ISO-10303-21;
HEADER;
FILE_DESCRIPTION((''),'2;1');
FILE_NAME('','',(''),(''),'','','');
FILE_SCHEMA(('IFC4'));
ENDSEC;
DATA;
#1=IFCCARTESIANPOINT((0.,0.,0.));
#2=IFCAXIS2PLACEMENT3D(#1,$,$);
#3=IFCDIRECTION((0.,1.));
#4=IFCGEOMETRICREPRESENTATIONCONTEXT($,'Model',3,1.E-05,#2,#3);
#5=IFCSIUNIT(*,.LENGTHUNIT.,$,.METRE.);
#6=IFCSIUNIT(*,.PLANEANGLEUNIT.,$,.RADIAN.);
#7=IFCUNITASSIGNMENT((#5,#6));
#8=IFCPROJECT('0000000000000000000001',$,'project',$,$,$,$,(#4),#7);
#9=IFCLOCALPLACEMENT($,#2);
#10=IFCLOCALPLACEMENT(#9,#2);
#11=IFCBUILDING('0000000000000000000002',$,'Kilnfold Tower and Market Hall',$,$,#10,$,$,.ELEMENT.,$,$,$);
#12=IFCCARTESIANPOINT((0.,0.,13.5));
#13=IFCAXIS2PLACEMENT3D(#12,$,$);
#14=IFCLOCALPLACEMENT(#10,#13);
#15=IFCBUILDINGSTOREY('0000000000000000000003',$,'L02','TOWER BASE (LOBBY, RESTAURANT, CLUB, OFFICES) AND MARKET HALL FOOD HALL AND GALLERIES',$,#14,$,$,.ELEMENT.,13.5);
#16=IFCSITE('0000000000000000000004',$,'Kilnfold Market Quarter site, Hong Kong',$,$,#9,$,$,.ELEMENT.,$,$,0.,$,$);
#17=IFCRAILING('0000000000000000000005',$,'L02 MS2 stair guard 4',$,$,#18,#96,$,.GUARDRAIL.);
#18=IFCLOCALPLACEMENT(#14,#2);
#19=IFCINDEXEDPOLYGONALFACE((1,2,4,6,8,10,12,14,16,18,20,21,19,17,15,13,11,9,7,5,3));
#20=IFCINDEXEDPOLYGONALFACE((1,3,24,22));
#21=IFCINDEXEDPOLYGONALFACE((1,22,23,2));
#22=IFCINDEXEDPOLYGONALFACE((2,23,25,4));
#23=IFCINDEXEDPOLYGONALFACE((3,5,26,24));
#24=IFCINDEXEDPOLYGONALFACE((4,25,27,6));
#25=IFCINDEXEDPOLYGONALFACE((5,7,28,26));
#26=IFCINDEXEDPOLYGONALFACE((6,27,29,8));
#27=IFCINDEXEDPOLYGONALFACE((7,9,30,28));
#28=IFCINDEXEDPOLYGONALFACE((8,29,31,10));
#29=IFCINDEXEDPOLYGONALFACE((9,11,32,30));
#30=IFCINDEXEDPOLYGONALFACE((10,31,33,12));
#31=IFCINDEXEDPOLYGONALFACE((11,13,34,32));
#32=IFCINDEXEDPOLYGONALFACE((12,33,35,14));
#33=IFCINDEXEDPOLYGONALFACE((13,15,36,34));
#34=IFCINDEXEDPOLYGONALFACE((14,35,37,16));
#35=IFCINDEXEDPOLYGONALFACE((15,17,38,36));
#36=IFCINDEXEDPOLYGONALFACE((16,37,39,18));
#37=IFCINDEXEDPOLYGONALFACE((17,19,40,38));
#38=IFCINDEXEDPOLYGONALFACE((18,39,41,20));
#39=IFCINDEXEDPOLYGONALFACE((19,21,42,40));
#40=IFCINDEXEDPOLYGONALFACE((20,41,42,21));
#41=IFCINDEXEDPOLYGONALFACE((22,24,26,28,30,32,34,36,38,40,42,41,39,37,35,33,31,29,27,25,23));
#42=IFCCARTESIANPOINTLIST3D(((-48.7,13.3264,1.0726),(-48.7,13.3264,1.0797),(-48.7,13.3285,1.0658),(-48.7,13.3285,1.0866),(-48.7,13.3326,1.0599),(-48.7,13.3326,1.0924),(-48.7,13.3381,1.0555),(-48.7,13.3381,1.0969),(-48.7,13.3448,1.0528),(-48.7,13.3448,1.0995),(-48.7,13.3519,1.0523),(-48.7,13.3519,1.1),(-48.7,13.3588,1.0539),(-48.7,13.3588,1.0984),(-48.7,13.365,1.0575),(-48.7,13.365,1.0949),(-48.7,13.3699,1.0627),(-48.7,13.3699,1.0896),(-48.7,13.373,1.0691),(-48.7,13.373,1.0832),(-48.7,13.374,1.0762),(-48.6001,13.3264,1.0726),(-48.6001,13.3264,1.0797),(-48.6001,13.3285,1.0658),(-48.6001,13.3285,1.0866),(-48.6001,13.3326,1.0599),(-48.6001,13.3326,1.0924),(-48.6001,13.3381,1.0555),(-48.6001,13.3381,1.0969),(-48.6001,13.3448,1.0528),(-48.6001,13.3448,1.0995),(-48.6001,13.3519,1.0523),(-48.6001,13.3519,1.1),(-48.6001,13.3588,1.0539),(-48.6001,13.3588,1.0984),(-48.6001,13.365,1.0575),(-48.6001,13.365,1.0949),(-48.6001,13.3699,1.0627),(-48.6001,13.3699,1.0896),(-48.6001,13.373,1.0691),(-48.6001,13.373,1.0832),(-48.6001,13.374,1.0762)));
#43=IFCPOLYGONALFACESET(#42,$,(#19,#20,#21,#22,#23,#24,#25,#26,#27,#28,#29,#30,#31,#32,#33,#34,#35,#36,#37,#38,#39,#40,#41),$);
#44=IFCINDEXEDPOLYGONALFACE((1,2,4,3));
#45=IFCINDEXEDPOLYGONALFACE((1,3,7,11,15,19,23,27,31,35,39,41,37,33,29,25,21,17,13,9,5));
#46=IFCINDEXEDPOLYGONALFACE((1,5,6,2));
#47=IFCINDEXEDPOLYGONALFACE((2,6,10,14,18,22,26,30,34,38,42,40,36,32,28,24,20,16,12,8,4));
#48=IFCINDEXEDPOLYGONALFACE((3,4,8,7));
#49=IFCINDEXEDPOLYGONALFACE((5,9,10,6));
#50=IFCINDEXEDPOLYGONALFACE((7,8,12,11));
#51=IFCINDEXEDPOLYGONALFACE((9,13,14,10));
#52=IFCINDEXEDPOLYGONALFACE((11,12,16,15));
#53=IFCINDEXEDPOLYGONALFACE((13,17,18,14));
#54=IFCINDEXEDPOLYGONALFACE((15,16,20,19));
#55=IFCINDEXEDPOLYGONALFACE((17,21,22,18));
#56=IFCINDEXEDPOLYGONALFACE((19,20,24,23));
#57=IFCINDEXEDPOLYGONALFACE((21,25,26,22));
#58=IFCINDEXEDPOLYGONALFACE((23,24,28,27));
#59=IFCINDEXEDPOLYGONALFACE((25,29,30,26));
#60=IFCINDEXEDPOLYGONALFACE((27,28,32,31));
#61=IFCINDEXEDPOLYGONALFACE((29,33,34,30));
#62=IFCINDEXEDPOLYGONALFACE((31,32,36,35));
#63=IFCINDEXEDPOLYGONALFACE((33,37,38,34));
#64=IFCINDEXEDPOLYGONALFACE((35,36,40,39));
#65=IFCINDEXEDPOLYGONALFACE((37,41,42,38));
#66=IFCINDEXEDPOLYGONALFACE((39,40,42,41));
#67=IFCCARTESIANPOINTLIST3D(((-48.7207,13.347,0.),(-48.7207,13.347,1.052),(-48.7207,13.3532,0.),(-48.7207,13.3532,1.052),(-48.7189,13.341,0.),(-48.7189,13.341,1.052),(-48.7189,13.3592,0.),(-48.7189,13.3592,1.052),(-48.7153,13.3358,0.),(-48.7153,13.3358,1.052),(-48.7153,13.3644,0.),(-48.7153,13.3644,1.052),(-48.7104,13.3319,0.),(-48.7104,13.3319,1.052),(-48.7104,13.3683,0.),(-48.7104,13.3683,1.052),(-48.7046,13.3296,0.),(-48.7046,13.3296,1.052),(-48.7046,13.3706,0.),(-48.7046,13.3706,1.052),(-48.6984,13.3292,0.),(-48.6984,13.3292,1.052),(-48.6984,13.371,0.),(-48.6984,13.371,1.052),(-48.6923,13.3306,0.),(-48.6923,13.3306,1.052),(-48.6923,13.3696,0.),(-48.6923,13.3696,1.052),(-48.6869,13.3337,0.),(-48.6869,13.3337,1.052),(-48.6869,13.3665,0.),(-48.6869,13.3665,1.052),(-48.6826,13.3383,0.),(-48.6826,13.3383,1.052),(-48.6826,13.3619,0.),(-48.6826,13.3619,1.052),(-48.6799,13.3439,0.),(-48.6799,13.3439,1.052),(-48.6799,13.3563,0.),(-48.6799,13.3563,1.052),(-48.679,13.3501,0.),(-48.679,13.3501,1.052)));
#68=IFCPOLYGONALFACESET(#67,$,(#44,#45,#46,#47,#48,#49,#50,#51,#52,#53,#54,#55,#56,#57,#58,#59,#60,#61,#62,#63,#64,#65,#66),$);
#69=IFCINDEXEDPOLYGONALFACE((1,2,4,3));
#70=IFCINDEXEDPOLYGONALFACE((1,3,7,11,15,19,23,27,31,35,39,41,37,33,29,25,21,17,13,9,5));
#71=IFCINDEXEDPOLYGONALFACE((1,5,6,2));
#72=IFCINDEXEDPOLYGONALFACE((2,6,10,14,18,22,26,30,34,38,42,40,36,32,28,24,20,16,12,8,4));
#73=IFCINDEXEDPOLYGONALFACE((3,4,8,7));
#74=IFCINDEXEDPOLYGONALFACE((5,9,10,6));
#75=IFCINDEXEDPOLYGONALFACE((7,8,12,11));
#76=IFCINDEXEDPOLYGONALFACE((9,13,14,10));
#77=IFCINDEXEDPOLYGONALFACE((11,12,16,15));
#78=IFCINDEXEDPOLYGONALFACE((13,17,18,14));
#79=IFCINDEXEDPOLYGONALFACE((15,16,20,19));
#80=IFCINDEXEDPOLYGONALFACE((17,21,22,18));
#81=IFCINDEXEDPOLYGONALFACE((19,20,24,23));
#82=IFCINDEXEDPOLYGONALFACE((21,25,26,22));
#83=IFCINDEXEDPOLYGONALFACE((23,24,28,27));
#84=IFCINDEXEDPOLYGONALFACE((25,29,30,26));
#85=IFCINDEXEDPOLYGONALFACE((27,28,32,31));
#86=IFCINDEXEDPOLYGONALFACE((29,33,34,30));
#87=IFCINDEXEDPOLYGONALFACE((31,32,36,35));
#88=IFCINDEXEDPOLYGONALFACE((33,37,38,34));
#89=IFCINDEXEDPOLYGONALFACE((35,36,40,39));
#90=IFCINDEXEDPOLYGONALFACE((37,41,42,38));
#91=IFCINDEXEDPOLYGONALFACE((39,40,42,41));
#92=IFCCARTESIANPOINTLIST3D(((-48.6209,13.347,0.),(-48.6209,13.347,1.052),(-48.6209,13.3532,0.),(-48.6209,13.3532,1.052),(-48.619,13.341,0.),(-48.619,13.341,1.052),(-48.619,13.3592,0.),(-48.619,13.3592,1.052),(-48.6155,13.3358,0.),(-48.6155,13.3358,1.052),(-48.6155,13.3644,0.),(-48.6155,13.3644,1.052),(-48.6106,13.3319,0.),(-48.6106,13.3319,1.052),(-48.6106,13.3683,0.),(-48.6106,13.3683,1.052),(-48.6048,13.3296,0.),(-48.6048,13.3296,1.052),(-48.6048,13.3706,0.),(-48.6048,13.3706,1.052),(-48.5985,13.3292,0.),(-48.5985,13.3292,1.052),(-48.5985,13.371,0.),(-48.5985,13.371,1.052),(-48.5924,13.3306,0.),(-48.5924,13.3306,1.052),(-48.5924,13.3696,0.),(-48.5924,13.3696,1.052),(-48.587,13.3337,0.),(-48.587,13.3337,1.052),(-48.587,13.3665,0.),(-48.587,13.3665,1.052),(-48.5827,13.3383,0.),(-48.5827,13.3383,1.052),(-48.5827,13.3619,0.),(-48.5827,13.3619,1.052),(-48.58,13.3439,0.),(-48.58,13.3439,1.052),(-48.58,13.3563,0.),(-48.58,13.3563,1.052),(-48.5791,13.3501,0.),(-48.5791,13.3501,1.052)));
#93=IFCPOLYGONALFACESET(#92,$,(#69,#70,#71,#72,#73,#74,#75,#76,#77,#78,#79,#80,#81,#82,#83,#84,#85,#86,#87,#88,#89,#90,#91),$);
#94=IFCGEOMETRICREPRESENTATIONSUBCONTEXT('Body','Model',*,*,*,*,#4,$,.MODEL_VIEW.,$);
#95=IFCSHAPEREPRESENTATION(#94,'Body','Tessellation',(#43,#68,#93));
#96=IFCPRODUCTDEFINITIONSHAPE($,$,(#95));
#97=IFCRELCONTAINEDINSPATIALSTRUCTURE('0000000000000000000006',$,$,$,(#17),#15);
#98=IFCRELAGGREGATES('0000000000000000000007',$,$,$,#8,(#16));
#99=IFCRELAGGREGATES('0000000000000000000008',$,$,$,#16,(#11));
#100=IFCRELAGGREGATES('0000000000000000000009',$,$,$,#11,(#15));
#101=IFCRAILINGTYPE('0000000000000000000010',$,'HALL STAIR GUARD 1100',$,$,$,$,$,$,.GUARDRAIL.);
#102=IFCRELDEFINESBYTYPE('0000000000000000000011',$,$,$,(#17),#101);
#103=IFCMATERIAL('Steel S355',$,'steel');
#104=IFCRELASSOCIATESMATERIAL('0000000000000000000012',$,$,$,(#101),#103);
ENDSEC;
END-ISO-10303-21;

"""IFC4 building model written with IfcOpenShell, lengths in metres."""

from ifc_helpers import new_model, si_unit, direction, frame, origin, origin_2d, place, context, subcontext, project, spatial, circle, extrude, material, type_object, element, save


model = new_model("IFC4")

# Units and contexts
model_context = context("Model", 3, precision=1e-05, world=origin(), true_north=direction((0.0, 1.0)))
body_context = subcontext(model_context, "Body", "Model", "MODEL_VIEW")
ifc_project = project(units=[si_unit("LENGTHUNIT", "METRE"), si_unit("PLANEANGLEUNIT", "RADIAN")], contexts=[model_context])

# Site, building, storey
site_placement = place(None, origin())
site = spatial("IfcSite", under=ifc_project, at=site_placement, Name="Kilnfold Market Quarter site, Hong Kong", CompositionType="ELEMENT", RefElevation=0.0)
building_placement = place(site_placement, origin())
building = spatial("IfcBuilding", under=site, at=building_placement, Name="Kilnfold Tower and Market Hall", CompositionType="ELEMENT")
storey_placement = place(building_placement, frame((0.0, 0.0, 13.5)))
storey = spatial("IfcBuildingStorey", under=building, at=storey_placement, Name="L02", Description="TOWER BASE (LOBBY, RESTAURANT, CLUB, OFFICES) AND MARKET HALL FOOD HALL AND GALLERIES", CompositionType="ELEMENT", Elevation=13.5)

# Railing
ifc_material_1 = material(Name="Steel S355", Category="steel")
railing_type_1 = type_object("IfcRailingType", Name="HALL STAIR GUARD 1100", PredefinedType="GUARDRAIL", material=ifc_material_1)
railing_1_placement = place(storey_placement, frame((-48.7, 13.3501, 0.0)))
element("IfcRailing", 1, at=railing_1_placement, inside=storey, type_object=railing_type_1, Name="L02 MS2 stair guard 4", PredefinedType="GUARDRAIL", context=body_context, shape_type="SweptSolid", body=[
    extrude(circle(Radius=0.0239, at=origin_2d()), frame((0.0, 0.0, 1.0762), z_axis=(1.0, 0.0, 0.0), x_axis=(0.0, 1.0, 0.0)), (0.0, 0.0, 1.0), 0.0999),
    extrude(circle(Radius=0.021, at=origin_2d()), origin(), (0.0, 0.0, 1.0), 1.052),
    extrude(circle(Radius=0.021, at=origin_2d()), frame((0.0999, 0.0, 0.0)), (0.0, 0.0, 1.0), 1.052),
])

save(model, "model.ifc")
